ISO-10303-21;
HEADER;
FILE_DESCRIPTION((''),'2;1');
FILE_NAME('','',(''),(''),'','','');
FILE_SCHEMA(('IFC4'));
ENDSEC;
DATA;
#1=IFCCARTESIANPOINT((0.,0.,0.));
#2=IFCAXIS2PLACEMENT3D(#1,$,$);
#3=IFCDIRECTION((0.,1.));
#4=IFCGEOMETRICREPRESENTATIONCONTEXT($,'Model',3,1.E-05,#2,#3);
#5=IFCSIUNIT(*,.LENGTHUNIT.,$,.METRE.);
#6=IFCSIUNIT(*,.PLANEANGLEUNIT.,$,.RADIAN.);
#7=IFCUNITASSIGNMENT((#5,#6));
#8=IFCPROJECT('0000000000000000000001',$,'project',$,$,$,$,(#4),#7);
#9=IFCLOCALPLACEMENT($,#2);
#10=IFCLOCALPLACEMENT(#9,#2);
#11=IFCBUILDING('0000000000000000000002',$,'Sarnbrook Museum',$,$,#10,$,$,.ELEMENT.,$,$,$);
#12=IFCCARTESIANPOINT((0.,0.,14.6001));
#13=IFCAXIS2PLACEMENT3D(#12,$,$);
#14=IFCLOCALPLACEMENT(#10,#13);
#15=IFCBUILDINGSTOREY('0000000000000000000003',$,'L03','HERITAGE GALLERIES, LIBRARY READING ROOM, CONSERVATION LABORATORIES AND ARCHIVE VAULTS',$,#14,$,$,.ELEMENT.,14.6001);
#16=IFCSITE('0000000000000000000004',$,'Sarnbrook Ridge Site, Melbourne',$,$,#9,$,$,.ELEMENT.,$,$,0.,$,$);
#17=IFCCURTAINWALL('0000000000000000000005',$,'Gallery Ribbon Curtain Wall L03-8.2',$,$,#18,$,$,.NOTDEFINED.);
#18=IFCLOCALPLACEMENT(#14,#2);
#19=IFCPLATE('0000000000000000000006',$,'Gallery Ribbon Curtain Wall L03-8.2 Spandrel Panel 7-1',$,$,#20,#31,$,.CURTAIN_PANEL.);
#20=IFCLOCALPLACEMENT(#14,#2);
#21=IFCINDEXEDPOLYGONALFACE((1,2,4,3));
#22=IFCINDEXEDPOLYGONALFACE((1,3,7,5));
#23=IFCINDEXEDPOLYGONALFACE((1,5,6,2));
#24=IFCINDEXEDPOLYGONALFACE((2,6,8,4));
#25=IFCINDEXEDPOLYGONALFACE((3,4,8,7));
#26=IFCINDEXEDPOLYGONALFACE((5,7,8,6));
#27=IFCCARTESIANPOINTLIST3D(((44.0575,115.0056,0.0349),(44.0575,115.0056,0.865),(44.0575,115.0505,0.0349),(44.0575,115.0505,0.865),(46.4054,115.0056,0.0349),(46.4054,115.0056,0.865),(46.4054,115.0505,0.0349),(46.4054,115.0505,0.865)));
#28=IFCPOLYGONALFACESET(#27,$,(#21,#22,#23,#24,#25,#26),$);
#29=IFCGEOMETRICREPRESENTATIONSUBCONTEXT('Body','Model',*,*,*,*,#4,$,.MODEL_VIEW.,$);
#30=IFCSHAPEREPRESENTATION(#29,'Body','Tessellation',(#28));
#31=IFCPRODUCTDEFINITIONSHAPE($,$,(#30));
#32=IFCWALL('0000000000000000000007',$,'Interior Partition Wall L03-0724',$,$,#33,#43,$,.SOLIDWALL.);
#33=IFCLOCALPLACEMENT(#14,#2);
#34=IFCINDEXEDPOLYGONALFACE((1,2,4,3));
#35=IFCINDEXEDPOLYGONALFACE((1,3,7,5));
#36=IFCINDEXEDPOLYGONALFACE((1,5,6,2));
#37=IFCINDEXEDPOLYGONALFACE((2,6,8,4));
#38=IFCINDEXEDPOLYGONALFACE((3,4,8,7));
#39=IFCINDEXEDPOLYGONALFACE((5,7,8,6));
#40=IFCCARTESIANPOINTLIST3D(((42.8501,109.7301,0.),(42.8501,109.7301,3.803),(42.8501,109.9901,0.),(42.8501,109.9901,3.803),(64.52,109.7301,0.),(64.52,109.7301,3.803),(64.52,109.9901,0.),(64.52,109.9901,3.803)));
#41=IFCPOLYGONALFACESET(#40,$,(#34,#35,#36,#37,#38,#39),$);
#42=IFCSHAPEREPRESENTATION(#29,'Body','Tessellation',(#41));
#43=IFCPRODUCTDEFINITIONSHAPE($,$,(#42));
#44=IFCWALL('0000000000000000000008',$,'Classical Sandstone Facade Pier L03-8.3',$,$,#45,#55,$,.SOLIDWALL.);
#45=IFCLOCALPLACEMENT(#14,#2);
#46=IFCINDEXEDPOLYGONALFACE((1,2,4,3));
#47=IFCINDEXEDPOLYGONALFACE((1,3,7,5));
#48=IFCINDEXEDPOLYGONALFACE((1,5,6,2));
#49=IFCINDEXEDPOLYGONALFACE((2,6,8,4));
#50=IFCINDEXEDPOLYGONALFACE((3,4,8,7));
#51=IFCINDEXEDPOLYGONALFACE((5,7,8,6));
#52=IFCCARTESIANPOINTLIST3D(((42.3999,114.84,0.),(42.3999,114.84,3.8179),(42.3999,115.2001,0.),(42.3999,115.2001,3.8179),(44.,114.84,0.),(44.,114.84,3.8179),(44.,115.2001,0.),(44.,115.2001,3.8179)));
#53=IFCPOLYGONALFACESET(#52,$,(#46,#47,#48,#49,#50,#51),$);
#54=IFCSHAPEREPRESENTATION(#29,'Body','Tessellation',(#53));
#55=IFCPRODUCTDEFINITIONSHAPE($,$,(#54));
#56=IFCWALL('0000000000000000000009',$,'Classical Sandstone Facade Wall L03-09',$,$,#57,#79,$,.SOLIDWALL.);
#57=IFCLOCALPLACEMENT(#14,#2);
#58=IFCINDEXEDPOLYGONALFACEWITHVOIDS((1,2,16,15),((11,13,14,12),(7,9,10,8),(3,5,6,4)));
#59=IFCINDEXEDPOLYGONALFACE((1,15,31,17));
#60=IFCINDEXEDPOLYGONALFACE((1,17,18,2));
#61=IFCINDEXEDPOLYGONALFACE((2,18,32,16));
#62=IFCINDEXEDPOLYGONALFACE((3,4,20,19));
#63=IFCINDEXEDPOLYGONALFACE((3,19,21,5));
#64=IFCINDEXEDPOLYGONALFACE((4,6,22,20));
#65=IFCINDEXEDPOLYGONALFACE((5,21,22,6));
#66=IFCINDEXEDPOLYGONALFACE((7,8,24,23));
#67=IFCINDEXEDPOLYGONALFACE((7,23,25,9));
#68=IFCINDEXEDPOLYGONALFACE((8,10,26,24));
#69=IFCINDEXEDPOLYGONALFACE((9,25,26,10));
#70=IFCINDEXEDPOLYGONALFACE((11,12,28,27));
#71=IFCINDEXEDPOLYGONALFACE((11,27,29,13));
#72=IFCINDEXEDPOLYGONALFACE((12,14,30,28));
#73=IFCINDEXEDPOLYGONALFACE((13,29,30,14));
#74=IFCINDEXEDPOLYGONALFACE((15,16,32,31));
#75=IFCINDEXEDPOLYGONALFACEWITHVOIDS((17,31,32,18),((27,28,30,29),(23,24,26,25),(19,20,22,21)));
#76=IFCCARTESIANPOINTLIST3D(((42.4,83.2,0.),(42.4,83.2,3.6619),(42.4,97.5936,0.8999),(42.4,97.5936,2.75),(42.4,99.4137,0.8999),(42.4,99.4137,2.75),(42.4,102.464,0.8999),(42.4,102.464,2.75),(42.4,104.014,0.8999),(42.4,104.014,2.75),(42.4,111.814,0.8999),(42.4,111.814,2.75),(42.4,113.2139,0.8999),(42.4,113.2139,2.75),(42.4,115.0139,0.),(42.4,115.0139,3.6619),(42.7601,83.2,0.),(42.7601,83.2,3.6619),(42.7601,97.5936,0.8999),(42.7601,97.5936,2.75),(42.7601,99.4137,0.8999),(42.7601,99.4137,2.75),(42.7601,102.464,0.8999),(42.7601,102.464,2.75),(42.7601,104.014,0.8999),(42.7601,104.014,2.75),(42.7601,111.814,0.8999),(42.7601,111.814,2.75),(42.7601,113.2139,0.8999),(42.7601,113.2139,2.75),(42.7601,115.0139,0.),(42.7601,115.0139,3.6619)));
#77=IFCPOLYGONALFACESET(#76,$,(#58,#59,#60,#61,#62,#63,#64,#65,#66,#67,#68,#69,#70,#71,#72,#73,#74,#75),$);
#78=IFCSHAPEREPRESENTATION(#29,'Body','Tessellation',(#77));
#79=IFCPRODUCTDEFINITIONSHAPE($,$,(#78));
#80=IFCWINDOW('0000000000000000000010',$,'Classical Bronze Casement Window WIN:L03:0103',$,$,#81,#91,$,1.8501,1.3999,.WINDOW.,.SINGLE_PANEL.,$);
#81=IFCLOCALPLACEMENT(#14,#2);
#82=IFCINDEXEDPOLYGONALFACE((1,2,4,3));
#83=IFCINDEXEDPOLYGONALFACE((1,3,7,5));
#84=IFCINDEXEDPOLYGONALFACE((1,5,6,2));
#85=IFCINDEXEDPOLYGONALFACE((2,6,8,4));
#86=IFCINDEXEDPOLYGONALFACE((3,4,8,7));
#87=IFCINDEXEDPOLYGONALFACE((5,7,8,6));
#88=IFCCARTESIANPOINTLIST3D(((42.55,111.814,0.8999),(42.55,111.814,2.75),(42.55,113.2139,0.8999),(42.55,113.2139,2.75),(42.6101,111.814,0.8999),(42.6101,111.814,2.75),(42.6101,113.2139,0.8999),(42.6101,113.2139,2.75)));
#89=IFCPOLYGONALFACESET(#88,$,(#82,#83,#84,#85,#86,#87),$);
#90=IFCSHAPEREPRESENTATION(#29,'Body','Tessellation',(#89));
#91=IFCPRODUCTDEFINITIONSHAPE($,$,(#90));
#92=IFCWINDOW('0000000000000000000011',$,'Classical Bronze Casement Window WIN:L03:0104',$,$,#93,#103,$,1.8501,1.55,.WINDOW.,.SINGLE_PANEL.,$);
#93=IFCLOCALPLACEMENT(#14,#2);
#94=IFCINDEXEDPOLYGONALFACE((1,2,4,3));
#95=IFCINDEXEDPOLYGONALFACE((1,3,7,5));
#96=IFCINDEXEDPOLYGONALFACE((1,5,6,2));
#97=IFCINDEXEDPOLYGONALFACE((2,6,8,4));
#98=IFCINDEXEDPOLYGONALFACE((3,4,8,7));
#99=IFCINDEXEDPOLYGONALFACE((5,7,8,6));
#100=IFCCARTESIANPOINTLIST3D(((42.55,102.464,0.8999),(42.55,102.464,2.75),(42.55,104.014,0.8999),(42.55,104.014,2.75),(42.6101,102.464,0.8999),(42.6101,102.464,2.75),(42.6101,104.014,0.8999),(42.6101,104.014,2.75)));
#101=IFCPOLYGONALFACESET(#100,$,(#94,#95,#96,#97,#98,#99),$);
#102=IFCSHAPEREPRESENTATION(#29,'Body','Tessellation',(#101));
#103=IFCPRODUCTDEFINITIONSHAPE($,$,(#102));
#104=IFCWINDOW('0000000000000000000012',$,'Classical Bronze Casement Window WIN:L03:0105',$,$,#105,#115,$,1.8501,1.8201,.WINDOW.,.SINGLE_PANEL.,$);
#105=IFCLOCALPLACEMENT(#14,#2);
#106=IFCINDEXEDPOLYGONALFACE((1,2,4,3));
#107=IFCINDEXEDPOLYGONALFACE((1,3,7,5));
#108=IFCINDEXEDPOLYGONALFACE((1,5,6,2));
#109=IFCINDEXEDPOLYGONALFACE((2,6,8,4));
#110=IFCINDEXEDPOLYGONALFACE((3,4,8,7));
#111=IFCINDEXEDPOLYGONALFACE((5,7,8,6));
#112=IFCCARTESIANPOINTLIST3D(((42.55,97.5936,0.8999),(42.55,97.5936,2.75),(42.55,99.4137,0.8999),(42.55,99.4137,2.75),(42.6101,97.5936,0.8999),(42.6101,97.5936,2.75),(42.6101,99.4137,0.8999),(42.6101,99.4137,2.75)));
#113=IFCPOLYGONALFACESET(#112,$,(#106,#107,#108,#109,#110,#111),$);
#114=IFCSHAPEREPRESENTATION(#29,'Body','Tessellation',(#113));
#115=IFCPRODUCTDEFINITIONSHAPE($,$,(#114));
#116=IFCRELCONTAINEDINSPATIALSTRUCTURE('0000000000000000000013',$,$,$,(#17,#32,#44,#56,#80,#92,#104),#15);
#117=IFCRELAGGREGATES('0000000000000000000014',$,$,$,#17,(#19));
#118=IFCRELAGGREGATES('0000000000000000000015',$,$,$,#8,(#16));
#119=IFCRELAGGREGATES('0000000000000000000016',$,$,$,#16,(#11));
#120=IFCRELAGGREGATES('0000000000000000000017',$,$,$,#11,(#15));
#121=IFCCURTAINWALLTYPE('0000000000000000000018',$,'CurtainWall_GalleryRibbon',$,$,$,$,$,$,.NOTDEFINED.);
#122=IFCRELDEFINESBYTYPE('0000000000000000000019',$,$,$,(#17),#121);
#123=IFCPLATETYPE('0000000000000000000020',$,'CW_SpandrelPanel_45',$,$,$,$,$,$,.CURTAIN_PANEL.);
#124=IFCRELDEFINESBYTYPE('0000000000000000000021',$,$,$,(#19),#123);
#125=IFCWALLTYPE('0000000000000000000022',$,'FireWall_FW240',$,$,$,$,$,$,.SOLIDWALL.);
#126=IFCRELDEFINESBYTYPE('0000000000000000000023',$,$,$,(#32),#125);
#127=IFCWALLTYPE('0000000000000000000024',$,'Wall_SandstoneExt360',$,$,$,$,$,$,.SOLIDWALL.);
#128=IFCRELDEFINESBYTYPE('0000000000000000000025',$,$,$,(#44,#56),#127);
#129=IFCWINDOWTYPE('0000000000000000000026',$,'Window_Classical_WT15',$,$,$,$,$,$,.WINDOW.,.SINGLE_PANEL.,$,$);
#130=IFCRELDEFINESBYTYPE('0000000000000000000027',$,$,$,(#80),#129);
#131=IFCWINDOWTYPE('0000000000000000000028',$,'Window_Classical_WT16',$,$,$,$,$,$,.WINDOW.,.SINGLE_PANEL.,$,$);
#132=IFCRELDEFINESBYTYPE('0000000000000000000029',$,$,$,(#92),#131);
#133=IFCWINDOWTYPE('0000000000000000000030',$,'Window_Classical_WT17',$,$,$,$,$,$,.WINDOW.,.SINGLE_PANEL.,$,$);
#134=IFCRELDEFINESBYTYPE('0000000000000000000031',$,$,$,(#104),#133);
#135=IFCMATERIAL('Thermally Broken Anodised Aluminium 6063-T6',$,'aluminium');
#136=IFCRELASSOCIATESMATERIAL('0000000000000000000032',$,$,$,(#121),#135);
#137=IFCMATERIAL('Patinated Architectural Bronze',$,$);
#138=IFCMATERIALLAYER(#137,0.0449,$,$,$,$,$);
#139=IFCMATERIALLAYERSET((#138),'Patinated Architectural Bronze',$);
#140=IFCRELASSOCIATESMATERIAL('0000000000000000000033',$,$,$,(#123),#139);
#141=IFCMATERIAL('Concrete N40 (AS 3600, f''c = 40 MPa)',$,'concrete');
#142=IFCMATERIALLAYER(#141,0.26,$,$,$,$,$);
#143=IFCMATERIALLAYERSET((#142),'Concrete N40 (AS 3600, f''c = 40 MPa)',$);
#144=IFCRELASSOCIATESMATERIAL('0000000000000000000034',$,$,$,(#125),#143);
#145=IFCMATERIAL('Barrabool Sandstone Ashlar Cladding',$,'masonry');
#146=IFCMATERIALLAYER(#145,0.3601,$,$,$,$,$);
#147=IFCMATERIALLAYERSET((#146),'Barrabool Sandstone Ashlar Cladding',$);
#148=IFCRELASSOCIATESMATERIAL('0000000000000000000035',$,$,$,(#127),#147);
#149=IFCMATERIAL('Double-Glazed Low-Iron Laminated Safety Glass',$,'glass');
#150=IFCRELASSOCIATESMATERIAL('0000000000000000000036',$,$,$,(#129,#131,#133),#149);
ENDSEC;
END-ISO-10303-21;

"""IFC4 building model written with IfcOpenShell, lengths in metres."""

from ifc_helpers import new_model, si_unit, direction, frame, frame_2d, origin, origin_2d, place, context, subcontext, project, spatial, rectangle, extrude, material, layer, layer_set, type_object, element, fill, aggregate, save


model = new_model("IFC4")

# Units and contexts
model_context = context("Model", 3, precision=1e-05, world=origin(), true_north=direction((0.0, 1.0)))
body_context = subcontext(model_context, "Body", "Model", "MODEL_VIEW")
ifc_project = project(units=[si_unit("LENGTHUNIT", "METRE"), si_unit("PLANEANGLEUNIT", "RADIAN")], contexts=[model_context])

# Site, building, storey
site_placement = place(None, origin())
site = spatial("IfcSite", under=ifc_project, at=site_placement, Name="Sarnbrook Ridge Site, Melbourne", CompositionType="ELEMENT", RefElevation=0.0)
building_placement = place(site_placement, origin())
building = spatial("IfcBuilding", under=site, at=building_placement, Name="Sarnbrook Museum", CompositionType="ELEMENT")
storey_placement = place(building_placement, frame((0.0, 0.0, 14.6001)))
storey = spatial("IfcBuildingStorey", under=building, at=storey_placement, Name="L03", Description="HERITAGE GALLERIES, LIBRARY READING ROOM, CONSERVATION LABORATORIES AND ARCHIVE VAULTS", CompositionType="ELEMENT", Elevation=14.6001)

# Curtain wall
ifc_material_1 = material(Name="Thermally Broken Anodised Aluminium 6063-T6", Category="aluminium")
curtain_wall_type = type_object("IfcCurtainWallType", Name="CurtainWall_GalleryRibbon", PredefinedType="NOTDEFINED", material=ifc_material_1)
curtain_wall_placement = place(storey_placement, origin())
curtain_wall = element("IfcCurtainWall", 1, at=curtain_wall_placement, inside=storey, type_object=curtain_wall_type, Name="Gallery Ribbon Curtain Wall L03-8.2", PredefinedType="NOTDEFINED")

# Plate
ifc_material_2 = material(Name="Double-Glazed Low-Iron Laminated Safety Glass", Category="glass")
ifc_material_3 = material(Name="Patinated Architectural Bronze")
ifc_layer_1 = layer(ifc_material_3, 0.0449)
ifc_layer_set_1 = layer_set([ifc_layer_1], Name="Patinated Architectural Bronze")
plate_type_1 = type_object("IfcPlateType", Name="CW_SpandrelPanel_45", PredefinedType="CURTAIN_PANEL", material=ifc_layer_set_1)
plate_1_placement = place(storey_placement, frame((45.2314, 115.0056, 0.45), z_axis=(0.0, 1.0, 0.0), x_axis=(-1.0, 0.0, 0.0)))
plate_1 = element("IfcPlate", 2, at=plate_1_placement, type_object=plate_type_1, Name="Gallery Ribbon Curtain Wall L03-8.2 Spandrel Panel 7-1", PredefinedType="CURTAIN_PANEL", context=body_context, shape_type="SweptSolid", body=[
    extrude(rectangle(XDim=2.3479, YDim=0.8301, at=origin_2d()), origin(), (0.0, 0.0, 1.0), 0.0449),
])
aggregate(curtain_wall, [plate_1])

# Walls
ifc_material_4 = material(Name="Concrete N40 (AS 3600, f'c = 40 MPa)", Category="concrete")
ifc_layer_2 = layer(ifc_material_4, 0.26)
ifc_layer_set_2 = layer_set([ifc_layer_2], Name="Concrete N40 (AS 3600, f'c = 40 MPa)")
wall_type_1 = type_object("IfcWallType", Name="FireWall_FW240", PredefinedType="SOLIDWALL", material=ifc_layer_set_2)
wall_1_placement = place(storey_placement, frame((42.8501, 109.8601, 0.0), z_axis=(0.0, 0.0, 1.0), x_axis=(1.0, 0.0, 0.0)))
element("IfcWall", 3, at=wall_1_placement, inside=storey, type_object=wall_type_1, Name="Interior Partition Wall L03-0724", PredefinedType="SOLIDWALL", context=body_context, shape_type="SweptSolid", body=[
    extrude(rectangle(XDim=21.6699, YDim=0.26, at=frame_2d((10.835, 0.0))), origin(), (0.0, 0.0, 1.0), 3.803),
])
ifc_material_5 = material(Name="Barrabool Sandstone Ashlar Cladding", Category="masonry")
ifc_layer_3 = layer(ifc_material_5, 0.3601)
ifc_layer_set_3 = layer_set([ifc_layer_3], Name="Barrabool Sandstone Ashlar Cladding")
wall_type_2 = type_object("IfcWallType", Name="Wall_SandstoneExt360", PredefinedType="SOLIDWALL", material=ifc_layer_set_3)
wall_2_placement = place(storey_placement, frame((44.0, 115.02, 0.0), z_axis=(0.0, 0.0, 1.0), x_axis=(-1.0, 0.0, 0.0)))
element("IfcWall", 4, at=wall_2_placement, inside=storey, type_object=wall_type_2, Name="Classical Sandstone Facade Pier L03-8.3", PredefinedType="SOLIDWALL", context=body_context, shape_type="SweptSolid", body=[
    extrude(rectangle(XDim=1.6001, YDim=0.3601, at=frame_2d((0.8, 0.0))), origin(), (0.0, 0.0, 1.0), 3.8179),
])

# Wall, openings, windows
wall_3_placement = place(storey_placement, frame((42.5801, 115.0139, 0.0), z_axis=(0.0, 0.0, 1.0), x_axis=(0.0, -1.0, 0.0)))
wall_3 = element("IfcWall", 5, at=wall_3_placement, inside=storey, type_object=wall_type_2, Name="Classical Sandstone Facade Wall L03-09", PredefinedType="SOLIDWALL", context=body_context, shape_type="SweptSolid", body=[
    extrude(rectangle(XDim=31.814, YDim=0.3601, at=frame_2d((15.907, 0.0))), origin(), (0.0, 0.0, 1.0), 3.6619),
])
opening_1_placement = place(wall_3_placement, frame((1.8, 0.0, 0.8999)))
opening_1 = element("IfcOpeningElement", 6, at=opening_1_placement, cuts=wall_3, PredefinedType="OPENING", context=body_context, shape_type="SweptSolid", body=[
    extrude(rectangle(XDim=1.3999, YDim=1.8501, at=frame_2d((0.7, 0.925))), frame((0.0, 0.1899, 0.0), z_axis=(0.0, -1.0, 0.0), x_axis=(1.0, 0.0, 0.0)), (0.0, 0.0, 1.0), 0.3801),
])
opening_2_placement = place(wall_3_placement, frame((11.0, 0.0, 0.8999)))
opening_2 = element("IfcOpeningElement", 7, at=opening_2_placement, cuts=wall_3, PredefinedType="OPENING", context=body_context, shape_type="SweptSolid", body=[
    extrude(rectangle(XDim=1.55, YDim=1.8501, at=frame_2d((0.7749, 0.925))), frame((0.0, 0.1899, 0.0), z_axis=(0.0, -1.0, 0.0), x_axis=(1.0, 0.0, 0.0)), (0.0, 0.0, 1.0), 0.3801),
])
opening_3_placement = place(wall_3_placement, frame((15.6001, 0.0, 0.8999)))
opening_3 = element("IfcOpeningElement", 8, at=opening_3_placement, cuts=wall_3, PredefinedType="OPENING", context=body_context, shape_type="SweptSolid", body=[
    extrude(rectangle(XDim=1.8201, YDim=1.8501, at=frame_2d((0.9102, 0.925))), frame((0.0, 0.1899, 0.0), z_axis=(0.0, -1.0, 0.0), x_axis=(1.0, 0.0, 0.0)), (0.0, 0.0, 1.0), 0.3801),
])
window_type_1 = type_object("IfcWindowType", Name="Window_Classical_WT15", PartitioningType="SINGLE_PANEL", PredefinedType="WINDOW", material=ifc_material_2)
window_1_placement = place(opening_1_placement, origin())
window_1 = element("IfcWindow", 9, at=window_1_placement, inside=storey, type_object=window_type_1, Name="Classical Bronze Casement Window WIN:L03:0103", OverallHeight=1.8501, OverallWidth=1.3999, PartitioningType="SINGLE_PANEL", PredefinedType="WINDOW", context=body_context, shape_type="SweptSolid", body=[
    extrude(rectangle(XDim=1.3999, YDim=1.8501, at=frame_2d((0.7, 0.925))), frame((0.0, 0.03, 0.0), z_axis=(0.0, -1.0, 0.0), x_axis=(1.0, 0.0, 0.0)), (0.0, 0.0, 1.0), 0.0601),
])
fill(opening_1, window_1)
window_type_2 = type_object("IfcWindowType", Name="Window_Classical_WT16", PartitioningType="SINGLE_PANEL", PredefinedType="WINDOW", material=ifc_material_2)
window_2_placement = place(opening_2_placement, origin())
window_2 = element("IfcWindow", 10, at=window_2_placement, inside=storey, type_object=window_type_2, Name="Classical Bronze Casement Window WIN:L03:0104", OverallHeight=1.8501, OverallWidth=1.55, PartitioningType="SINGLE_PANEL", PredefinedType="WINDOW", context=body_context, shape_type="SweptSolid", body=[
    extrude(rectangle(XDim=1.55, YDim=1.8501, at=frame_2d((0.7749, 0.925))), frame((0.0, 0.03, 0.0), z_axis=(0.0, -1.0, 0.0), x_axis=(1.0, 0.0, 0.0)), (0.0, 0.0, 1.0), 0.0601),
])
fill(opening_2, window_2)
window_type_3 = type_object("IfcWindowType", Name="Window_Classical_WT17", PartitioningType="SINGLE_PANEL", PredefinedType="WINDOW", material=ifc_material_2)
window_3_placement = place(opening_3_placement, origin())
window_3 = element("IfcWindow", 11, at=window_3_placement, inside=storey, type_object=window_type_3, Name="Classical Bronze Casement Window WIN:L03:0105", OverallHeight=1.8501, OverallWidth=1.8201, PartitioningType="SINGLE_PANEL", PredefinedType="WINDOW", context=body_context, shape_type="SweptSolid", body=[
    extrude(rectangle(XDim=1.8201, YDim=1.8501, at=frame_2d((0.9102, 0.925))), frame((0.0, 0.03, 0.0), z_axis=(0.0, -1.0, 0.0), x_axis=(1.0, 0.0, 0.0)), (0.0, 0.0, 1.0), 0.0601),
])
fill(opening_3, window_3)

save(model, "model.ifc")
